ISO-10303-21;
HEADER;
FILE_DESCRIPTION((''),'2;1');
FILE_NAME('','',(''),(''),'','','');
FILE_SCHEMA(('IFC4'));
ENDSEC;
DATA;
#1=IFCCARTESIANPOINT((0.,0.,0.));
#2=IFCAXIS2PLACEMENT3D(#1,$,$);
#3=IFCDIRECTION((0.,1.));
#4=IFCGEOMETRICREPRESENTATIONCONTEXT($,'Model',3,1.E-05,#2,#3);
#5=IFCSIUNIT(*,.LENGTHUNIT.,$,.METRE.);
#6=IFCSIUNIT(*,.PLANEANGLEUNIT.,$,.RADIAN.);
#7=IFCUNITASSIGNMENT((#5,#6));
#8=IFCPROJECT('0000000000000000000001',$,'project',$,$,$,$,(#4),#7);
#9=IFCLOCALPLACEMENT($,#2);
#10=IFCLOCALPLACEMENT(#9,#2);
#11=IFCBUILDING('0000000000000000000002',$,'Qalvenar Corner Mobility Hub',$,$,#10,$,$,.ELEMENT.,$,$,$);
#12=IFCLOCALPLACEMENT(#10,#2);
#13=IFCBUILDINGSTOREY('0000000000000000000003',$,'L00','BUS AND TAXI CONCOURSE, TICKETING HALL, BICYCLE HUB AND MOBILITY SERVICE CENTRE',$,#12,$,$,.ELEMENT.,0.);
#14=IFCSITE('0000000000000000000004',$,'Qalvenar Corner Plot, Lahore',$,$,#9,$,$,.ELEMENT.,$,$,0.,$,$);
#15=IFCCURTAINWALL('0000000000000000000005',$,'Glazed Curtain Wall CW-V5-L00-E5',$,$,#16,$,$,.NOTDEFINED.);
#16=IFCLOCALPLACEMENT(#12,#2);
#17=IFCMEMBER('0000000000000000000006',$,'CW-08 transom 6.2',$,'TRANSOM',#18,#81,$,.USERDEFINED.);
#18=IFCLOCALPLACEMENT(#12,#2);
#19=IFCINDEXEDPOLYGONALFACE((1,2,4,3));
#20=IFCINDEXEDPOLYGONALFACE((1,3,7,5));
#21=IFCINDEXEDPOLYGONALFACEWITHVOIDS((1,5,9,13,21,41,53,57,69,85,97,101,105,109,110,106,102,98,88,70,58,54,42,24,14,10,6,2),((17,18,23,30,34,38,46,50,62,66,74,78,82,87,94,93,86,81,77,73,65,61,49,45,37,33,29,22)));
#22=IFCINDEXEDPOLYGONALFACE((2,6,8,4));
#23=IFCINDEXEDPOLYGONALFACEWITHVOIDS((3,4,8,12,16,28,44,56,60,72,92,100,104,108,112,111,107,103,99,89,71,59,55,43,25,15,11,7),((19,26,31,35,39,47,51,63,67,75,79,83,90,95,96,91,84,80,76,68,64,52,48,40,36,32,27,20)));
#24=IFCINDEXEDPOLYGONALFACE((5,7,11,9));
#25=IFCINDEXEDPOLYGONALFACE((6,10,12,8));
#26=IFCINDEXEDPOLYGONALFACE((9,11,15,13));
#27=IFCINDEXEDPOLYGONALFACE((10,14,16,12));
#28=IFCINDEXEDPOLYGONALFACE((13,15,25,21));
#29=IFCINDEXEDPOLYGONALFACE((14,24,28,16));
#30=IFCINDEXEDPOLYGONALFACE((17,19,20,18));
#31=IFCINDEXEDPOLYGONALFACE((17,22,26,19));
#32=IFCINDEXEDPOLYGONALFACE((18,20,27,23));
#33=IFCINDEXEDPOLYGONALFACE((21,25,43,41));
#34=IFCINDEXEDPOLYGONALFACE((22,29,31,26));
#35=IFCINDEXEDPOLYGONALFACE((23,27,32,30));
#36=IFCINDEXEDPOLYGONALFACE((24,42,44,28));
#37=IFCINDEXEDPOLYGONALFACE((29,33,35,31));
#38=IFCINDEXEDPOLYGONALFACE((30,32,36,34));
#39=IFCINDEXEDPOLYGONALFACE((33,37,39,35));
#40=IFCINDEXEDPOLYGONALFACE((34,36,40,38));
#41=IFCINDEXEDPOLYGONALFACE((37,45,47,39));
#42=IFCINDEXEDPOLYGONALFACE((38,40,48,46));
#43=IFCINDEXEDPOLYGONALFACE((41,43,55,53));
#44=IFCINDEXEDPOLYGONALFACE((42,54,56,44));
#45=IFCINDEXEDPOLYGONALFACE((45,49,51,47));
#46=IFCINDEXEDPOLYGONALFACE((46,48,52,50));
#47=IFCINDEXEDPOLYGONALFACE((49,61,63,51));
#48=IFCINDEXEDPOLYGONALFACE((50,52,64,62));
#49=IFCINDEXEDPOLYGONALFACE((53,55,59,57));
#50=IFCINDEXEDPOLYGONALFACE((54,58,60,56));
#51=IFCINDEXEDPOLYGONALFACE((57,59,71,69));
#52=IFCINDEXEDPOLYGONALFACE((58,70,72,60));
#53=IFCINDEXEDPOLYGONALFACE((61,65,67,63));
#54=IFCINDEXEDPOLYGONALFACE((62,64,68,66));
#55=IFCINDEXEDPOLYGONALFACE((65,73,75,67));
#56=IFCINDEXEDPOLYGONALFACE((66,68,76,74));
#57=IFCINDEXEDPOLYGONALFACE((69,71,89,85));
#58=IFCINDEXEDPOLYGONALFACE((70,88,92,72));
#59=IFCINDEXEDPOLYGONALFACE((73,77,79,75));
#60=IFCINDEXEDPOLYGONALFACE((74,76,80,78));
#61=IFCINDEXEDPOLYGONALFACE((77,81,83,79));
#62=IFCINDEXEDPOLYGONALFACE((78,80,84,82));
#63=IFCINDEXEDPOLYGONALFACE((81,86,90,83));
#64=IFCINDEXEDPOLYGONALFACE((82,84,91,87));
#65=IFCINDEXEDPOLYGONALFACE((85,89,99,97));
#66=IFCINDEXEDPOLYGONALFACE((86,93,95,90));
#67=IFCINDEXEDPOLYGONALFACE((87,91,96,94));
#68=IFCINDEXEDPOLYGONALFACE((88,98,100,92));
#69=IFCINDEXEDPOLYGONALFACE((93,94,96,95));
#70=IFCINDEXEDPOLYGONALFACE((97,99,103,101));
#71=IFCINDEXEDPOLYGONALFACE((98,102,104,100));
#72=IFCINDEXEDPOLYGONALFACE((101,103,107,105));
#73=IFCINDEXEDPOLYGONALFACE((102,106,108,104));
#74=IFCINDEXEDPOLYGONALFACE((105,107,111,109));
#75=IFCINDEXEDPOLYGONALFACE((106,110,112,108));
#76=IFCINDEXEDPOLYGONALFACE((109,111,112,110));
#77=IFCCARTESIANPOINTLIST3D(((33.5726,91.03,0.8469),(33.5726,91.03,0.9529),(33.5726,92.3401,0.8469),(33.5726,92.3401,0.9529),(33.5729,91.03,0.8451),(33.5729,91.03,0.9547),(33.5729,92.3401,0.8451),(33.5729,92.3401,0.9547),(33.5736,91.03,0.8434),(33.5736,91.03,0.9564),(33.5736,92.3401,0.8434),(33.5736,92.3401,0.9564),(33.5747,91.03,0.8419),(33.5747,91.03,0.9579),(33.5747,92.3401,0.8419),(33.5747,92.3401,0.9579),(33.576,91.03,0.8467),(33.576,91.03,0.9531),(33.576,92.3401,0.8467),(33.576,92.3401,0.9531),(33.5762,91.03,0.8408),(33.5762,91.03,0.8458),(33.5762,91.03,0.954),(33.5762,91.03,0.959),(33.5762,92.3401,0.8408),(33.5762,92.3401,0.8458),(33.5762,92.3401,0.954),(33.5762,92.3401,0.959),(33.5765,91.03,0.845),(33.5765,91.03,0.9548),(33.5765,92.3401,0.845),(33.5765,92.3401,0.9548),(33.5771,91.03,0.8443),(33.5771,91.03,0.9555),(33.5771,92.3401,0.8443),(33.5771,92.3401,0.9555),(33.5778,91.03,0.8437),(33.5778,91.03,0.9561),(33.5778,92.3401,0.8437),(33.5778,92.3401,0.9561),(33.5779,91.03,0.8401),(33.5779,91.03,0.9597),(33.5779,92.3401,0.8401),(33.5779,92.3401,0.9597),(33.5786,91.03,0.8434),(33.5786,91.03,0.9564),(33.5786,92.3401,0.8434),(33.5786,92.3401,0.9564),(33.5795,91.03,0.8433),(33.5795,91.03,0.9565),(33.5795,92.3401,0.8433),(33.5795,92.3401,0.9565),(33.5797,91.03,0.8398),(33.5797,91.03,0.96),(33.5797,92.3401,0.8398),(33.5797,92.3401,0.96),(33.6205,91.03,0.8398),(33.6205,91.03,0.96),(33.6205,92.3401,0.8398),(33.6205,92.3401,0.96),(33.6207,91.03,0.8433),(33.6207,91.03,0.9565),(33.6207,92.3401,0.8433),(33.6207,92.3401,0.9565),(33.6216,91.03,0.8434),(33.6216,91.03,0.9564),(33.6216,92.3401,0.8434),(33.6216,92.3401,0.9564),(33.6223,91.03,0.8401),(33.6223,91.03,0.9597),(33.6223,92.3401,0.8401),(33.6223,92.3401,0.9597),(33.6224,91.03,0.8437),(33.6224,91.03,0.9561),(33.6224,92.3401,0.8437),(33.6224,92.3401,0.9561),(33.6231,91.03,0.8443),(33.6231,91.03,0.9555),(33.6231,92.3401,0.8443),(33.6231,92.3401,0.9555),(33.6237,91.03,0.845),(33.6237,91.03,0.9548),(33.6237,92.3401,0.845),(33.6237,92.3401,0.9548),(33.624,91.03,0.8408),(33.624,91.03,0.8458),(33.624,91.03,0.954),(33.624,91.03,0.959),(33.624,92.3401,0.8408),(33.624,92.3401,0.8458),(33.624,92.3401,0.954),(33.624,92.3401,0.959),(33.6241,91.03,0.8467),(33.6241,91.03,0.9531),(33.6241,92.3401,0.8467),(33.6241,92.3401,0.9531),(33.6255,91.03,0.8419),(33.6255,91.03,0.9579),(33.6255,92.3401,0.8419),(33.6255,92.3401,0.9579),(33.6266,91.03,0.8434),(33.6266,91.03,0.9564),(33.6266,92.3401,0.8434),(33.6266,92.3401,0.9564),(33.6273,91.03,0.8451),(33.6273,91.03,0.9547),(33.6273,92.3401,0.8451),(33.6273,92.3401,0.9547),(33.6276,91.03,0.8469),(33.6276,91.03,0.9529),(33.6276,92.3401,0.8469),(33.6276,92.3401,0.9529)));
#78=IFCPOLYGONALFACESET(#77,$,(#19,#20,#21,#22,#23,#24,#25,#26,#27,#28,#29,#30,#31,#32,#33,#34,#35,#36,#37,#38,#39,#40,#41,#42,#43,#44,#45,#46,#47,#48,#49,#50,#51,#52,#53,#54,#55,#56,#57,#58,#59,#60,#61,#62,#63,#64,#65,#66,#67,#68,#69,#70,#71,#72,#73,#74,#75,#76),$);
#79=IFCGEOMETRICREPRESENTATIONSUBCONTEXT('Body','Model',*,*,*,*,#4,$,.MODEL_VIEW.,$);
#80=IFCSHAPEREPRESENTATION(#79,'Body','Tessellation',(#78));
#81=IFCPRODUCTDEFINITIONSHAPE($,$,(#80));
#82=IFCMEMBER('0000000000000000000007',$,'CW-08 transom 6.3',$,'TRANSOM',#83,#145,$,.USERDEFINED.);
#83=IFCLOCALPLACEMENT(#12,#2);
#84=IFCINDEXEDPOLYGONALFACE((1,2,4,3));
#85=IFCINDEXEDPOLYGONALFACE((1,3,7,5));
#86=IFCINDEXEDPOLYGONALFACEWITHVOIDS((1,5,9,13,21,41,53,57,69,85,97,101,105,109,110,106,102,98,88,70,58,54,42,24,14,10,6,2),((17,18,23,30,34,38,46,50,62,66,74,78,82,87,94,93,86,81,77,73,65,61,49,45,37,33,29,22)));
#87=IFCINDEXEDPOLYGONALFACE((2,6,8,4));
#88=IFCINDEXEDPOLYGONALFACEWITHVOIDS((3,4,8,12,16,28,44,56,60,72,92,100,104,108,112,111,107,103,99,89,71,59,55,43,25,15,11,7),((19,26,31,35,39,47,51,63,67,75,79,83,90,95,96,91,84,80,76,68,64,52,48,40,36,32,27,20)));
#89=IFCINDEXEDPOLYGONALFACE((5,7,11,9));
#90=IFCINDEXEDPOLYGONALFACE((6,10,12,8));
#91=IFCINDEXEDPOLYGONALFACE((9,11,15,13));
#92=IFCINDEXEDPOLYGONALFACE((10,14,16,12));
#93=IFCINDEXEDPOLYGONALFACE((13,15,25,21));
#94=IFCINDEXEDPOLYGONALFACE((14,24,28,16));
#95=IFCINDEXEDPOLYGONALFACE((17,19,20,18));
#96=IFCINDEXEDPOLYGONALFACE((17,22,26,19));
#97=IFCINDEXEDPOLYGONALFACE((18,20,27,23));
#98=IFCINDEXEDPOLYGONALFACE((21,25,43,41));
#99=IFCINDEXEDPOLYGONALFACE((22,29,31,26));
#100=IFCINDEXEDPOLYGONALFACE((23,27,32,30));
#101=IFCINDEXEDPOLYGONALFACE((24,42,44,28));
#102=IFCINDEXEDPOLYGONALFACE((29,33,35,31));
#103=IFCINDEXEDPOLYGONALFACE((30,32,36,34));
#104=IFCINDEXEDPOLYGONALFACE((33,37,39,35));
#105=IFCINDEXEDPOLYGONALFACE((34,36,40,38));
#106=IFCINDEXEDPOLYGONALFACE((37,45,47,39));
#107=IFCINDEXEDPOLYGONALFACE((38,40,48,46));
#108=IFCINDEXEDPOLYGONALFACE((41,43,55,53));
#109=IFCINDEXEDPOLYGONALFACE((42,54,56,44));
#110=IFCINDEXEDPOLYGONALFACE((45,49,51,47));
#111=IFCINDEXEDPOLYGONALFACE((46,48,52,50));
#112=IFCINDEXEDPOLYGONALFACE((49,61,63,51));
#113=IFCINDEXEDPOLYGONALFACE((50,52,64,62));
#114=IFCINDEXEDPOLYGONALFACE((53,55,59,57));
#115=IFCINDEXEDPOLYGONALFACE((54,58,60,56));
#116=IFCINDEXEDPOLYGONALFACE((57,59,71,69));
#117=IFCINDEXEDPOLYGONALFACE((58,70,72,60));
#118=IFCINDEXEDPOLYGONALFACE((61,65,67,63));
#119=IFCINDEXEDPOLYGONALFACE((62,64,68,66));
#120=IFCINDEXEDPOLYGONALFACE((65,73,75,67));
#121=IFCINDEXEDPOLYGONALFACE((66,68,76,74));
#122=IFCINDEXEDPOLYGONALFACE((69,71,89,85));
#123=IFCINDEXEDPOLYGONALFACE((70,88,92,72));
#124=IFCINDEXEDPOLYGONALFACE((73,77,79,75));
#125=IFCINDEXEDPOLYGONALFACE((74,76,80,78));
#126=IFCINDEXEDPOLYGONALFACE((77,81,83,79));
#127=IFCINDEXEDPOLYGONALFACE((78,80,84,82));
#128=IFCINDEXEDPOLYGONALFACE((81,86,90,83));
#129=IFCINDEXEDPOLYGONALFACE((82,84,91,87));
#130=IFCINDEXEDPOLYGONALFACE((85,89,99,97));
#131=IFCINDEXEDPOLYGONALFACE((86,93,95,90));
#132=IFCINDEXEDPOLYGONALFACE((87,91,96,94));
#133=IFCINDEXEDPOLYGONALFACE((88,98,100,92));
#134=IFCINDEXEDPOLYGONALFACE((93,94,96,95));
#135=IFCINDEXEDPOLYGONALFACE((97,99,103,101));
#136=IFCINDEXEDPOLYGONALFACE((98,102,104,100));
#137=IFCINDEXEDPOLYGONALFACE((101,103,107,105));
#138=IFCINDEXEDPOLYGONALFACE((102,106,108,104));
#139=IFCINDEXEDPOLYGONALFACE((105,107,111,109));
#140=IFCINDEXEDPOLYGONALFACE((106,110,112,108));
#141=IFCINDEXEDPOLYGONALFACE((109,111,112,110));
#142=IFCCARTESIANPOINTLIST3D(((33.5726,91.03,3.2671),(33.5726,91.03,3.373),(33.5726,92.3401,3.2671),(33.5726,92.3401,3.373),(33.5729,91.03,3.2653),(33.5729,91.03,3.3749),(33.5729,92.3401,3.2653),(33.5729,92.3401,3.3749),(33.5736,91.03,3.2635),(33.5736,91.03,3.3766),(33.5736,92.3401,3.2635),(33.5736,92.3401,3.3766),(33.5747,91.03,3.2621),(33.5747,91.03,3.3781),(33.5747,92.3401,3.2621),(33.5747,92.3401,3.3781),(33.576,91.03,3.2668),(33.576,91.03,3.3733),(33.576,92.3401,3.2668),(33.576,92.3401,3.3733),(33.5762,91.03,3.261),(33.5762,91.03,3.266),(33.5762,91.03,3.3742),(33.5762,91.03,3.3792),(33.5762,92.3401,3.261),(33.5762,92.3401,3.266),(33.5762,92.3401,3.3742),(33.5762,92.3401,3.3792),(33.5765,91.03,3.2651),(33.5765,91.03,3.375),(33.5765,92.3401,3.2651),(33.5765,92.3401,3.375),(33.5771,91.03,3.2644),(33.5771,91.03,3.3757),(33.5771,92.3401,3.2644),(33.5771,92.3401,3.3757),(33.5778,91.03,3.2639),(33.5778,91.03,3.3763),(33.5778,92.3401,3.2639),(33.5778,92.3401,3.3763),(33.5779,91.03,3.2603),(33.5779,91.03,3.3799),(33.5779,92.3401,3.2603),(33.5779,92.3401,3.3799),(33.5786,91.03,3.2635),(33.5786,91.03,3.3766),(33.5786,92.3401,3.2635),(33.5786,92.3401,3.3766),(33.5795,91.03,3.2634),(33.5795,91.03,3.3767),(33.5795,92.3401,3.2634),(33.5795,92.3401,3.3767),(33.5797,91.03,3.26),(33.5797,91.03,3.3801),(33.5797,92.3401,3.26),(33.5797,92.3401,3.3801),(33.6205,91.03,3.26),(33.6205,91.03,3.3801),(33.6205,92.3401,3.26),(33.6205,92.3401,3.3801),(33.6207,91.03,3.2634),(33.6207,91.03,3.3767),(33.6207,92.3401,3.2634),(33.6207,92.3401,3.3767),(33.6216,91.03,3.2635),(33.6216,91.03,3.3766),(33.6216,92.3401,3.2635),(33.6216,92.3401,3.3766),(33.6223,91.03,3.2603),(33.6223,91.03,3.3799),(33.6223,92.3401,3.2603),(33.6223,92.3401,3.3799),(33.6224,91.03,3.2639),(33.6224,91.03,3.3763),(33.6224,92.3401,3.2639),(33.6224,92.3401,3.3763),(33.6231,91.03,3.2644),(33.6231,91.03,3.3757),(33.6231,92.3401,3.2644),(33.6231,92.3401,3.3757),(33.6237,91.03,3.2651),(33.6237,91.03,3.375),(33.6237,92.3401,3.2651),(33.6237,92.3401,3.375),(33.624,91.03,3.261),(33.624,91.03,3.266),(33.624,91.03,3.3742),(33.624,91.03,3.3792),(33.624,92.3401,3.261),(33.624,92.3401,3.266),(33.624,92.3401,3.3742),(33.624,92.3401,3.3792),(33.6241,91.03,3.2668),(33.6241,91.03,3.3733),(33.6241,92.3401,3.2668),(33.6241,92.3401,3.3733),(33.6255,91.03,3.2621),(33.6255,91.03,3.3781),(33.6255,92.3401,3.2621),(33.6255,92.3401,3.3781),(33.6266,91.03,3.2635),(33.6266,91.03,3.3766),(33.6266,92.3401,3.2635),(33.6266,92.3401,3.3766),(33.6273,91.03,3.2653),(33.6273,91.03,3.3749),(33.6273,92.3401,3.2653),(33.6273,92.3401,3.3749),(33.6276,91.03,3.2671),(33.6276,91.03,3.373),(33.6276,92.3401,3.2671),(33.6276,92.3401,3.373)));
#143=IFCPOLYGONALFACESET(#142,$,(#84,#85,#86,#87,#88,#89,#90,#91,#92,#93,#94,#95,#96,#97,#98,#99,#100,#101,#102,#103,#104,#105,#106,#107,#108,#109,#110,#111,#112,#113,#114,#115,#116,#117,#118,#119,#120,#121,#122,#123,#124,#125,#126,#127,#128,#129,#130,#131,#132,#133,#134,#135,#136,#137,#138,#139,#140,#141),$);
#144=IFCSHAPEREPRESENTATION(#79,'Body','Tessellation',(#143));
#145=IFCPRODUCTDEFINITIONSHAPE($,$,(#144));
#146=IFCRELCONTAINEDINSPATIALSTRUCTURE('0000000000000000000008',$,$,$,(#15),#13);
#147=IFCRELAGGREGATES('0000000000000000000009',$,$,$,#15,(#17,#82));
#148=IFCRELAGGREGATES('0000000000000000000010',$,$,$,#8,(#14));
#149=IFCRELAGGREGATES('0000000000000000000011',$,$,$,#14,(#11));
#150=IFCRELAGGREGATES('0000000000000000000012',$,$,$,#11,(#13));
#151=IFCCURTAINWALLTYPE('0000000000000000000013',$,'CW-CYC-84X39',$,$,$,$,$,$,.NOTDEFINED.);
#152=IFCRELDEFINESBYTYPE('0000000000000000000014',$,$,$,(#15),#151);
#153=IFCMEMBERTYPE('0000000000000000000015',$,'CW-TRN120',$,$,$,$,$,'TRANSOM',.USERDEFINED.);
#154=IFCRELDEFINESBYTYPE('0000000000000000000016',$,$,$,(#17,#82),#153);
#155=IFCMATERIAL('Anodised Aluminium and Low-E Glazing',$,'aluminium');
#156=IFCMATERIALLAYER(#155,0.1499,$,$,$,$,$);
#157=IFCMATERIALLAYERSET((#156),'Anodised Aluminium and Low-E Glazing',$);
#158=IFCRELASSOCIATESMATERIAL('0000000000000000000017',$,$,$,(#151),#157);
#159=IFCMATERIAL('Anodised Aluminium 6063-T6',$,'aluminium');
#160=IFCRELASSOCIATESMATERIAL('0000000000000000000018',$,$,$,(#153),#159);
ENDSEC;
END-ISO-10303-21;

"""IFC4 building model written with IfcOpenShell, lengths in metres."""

from ifc_helpers import new_model, si_unit, direction, frame, origin, origin_2d, place, context, subcontext, project, spatial, hollow_rectangle, extrude, material, layer, layer_set, material_profile, profile_set, type_object, element, aggregate, save


model = new_model("IFC4")

# Units and contexts
model_context = context("Model", 3, precision=1e-05, world=origin(), true_north=direction((0.0, 1.0)))
body_context = subcontext(model_context, "Body", "Model", "MODEL_VIEW")
ifc_project = project(units=[si_unit("LENGTHUNIT", "METRE"), si_unit("PLANEANGLEUNIT", "RADIAN")], contexts=[model_context])

# Site, building, storey
site_placement = place(None, origin())
site = spatial("IfcSite", under=ifc_project, at=site_placement, Name="Qalvenar Corner Plot, Lahore", CompositionType="ELEMENT", RefElevation=0.0)
building_placement = place(site_placement, origin())
building = spatial("IfcBuilding", under=site, at=building_placement, Name="Qalvenar Corner Mobility Hub", CompositionType="ELEMENT")
storey_placement = place(building_placement, origin())
storey = spatial("IfcBuildingStorey", under=building, at=storey_placement, Name="L00", Description="BUS AND TAXI CONCOURSE, TICKETING HALL, BICYCLE HUB AND MOBILITY SERVICE CENTRE", CompositionType="ELEMENT", Elevation=0.0)

# Curtain wall
ifc_material_1 = material(Name="Anodised Aluminium and Low-E Glazing", Category="aluminium")
ifc_layer_1 = layer(ifc_material_1, 0.1499)
ifc_layer_set_1 = layer_set([ifc_layer_1], Name="Anodised Aluminium and Low-E Glazing")
curtain_wall_type = type_object("IfcCurtainWallType", Name="CW-CYC-84X39", PredefinedType="NOTDEFINED", material=ifc_layer_set_1)
curtain_wall_1_placement = place(storey_placement, origin())
curtain_wall_1 = element("IfcCurtainWall", 1, at=curtain_wall_1_placement, inside=storey, type_object=curtain_wall_type, Name="Glazed Curtain Wall CW-V5-L00-E5", PredefinedType="NOTDEFINED")
ifc_material_2 = material(Name="Anodised Aluminium 6063-T6", Category="aluminium")

# Members
ifc_material_profile_1 = material_profile(ifc_material_2, hollow_rectangle(XDim=0.0549, YDim=0.1201, WallThickness=0.0034, InnerFilletRadius=0.0034, OuterFilletRadius=0.0071, at=origin_2d()), Name="RHS120x55x3.5")
ifc_profile_set_1 = profile_set([ifc_material_profile_1], Name="Anodised Aluminium 6063-T6")
member_type_1 = type_object("IfcMemberType", Name="CW-TRN120", ElementType="TRANSOM", PredefinedType="USERDEFINED", material=ifc_profile_set_1)
member_1_placement = place(storey_placement, frame((33.6001, 91.03, 0.8999), z_axis=(0.0, 1.0, 0.0), x_axis=(-1.0, 0.0, 0.0)))
member_1 = element("IfcMember", 2, at=member_1_placement, type_object=member_type_1, Name="CW-08 transom 6.2", ObjectType="TRANSOM", PredefinedType="USERDEFINED", context=body_context, shape_type="SweptSolid", body=[
    extrude(hollow_rectangle(XDim=0.0549, YDim=0.1201, WallThickness=0.0034, InnerFilletRadius=0.0034, OuterFilletRadius=0.0071, at=origin_2d()), origin(), (0.0, 0.0, 1.0), 1.3101),
])
member_2_placement = place(storey_placement, frame((33.6001, 91.03, 3.3201), z_axis=(0.0, 1.0, 0.0), x_axis=(-1.0, 0.0, 0.0)))
member_2 = element("IfcMember", 3, at=member_2_placement, type_object=member_type_1, Name="CW-08 transom 6.3", ObjectType="TRANSOM", PredefinedType="USERDEFINED", context=body_context, shape_type="SweptSolid", body=[
    extrude(hollow_rectangle(XDim=0.0549, YDim=0.1201, WallThickness=0.0034, InnerFilletRadius=0.0034, OuterFilletRadius=0.0071, at=origin_2d()), origin(), (0.0, 0.0, 1.0), 1.3101),
])

aggregate(curtain_wall_1, [member_1, member_2])

save(model, "model.ifc")
